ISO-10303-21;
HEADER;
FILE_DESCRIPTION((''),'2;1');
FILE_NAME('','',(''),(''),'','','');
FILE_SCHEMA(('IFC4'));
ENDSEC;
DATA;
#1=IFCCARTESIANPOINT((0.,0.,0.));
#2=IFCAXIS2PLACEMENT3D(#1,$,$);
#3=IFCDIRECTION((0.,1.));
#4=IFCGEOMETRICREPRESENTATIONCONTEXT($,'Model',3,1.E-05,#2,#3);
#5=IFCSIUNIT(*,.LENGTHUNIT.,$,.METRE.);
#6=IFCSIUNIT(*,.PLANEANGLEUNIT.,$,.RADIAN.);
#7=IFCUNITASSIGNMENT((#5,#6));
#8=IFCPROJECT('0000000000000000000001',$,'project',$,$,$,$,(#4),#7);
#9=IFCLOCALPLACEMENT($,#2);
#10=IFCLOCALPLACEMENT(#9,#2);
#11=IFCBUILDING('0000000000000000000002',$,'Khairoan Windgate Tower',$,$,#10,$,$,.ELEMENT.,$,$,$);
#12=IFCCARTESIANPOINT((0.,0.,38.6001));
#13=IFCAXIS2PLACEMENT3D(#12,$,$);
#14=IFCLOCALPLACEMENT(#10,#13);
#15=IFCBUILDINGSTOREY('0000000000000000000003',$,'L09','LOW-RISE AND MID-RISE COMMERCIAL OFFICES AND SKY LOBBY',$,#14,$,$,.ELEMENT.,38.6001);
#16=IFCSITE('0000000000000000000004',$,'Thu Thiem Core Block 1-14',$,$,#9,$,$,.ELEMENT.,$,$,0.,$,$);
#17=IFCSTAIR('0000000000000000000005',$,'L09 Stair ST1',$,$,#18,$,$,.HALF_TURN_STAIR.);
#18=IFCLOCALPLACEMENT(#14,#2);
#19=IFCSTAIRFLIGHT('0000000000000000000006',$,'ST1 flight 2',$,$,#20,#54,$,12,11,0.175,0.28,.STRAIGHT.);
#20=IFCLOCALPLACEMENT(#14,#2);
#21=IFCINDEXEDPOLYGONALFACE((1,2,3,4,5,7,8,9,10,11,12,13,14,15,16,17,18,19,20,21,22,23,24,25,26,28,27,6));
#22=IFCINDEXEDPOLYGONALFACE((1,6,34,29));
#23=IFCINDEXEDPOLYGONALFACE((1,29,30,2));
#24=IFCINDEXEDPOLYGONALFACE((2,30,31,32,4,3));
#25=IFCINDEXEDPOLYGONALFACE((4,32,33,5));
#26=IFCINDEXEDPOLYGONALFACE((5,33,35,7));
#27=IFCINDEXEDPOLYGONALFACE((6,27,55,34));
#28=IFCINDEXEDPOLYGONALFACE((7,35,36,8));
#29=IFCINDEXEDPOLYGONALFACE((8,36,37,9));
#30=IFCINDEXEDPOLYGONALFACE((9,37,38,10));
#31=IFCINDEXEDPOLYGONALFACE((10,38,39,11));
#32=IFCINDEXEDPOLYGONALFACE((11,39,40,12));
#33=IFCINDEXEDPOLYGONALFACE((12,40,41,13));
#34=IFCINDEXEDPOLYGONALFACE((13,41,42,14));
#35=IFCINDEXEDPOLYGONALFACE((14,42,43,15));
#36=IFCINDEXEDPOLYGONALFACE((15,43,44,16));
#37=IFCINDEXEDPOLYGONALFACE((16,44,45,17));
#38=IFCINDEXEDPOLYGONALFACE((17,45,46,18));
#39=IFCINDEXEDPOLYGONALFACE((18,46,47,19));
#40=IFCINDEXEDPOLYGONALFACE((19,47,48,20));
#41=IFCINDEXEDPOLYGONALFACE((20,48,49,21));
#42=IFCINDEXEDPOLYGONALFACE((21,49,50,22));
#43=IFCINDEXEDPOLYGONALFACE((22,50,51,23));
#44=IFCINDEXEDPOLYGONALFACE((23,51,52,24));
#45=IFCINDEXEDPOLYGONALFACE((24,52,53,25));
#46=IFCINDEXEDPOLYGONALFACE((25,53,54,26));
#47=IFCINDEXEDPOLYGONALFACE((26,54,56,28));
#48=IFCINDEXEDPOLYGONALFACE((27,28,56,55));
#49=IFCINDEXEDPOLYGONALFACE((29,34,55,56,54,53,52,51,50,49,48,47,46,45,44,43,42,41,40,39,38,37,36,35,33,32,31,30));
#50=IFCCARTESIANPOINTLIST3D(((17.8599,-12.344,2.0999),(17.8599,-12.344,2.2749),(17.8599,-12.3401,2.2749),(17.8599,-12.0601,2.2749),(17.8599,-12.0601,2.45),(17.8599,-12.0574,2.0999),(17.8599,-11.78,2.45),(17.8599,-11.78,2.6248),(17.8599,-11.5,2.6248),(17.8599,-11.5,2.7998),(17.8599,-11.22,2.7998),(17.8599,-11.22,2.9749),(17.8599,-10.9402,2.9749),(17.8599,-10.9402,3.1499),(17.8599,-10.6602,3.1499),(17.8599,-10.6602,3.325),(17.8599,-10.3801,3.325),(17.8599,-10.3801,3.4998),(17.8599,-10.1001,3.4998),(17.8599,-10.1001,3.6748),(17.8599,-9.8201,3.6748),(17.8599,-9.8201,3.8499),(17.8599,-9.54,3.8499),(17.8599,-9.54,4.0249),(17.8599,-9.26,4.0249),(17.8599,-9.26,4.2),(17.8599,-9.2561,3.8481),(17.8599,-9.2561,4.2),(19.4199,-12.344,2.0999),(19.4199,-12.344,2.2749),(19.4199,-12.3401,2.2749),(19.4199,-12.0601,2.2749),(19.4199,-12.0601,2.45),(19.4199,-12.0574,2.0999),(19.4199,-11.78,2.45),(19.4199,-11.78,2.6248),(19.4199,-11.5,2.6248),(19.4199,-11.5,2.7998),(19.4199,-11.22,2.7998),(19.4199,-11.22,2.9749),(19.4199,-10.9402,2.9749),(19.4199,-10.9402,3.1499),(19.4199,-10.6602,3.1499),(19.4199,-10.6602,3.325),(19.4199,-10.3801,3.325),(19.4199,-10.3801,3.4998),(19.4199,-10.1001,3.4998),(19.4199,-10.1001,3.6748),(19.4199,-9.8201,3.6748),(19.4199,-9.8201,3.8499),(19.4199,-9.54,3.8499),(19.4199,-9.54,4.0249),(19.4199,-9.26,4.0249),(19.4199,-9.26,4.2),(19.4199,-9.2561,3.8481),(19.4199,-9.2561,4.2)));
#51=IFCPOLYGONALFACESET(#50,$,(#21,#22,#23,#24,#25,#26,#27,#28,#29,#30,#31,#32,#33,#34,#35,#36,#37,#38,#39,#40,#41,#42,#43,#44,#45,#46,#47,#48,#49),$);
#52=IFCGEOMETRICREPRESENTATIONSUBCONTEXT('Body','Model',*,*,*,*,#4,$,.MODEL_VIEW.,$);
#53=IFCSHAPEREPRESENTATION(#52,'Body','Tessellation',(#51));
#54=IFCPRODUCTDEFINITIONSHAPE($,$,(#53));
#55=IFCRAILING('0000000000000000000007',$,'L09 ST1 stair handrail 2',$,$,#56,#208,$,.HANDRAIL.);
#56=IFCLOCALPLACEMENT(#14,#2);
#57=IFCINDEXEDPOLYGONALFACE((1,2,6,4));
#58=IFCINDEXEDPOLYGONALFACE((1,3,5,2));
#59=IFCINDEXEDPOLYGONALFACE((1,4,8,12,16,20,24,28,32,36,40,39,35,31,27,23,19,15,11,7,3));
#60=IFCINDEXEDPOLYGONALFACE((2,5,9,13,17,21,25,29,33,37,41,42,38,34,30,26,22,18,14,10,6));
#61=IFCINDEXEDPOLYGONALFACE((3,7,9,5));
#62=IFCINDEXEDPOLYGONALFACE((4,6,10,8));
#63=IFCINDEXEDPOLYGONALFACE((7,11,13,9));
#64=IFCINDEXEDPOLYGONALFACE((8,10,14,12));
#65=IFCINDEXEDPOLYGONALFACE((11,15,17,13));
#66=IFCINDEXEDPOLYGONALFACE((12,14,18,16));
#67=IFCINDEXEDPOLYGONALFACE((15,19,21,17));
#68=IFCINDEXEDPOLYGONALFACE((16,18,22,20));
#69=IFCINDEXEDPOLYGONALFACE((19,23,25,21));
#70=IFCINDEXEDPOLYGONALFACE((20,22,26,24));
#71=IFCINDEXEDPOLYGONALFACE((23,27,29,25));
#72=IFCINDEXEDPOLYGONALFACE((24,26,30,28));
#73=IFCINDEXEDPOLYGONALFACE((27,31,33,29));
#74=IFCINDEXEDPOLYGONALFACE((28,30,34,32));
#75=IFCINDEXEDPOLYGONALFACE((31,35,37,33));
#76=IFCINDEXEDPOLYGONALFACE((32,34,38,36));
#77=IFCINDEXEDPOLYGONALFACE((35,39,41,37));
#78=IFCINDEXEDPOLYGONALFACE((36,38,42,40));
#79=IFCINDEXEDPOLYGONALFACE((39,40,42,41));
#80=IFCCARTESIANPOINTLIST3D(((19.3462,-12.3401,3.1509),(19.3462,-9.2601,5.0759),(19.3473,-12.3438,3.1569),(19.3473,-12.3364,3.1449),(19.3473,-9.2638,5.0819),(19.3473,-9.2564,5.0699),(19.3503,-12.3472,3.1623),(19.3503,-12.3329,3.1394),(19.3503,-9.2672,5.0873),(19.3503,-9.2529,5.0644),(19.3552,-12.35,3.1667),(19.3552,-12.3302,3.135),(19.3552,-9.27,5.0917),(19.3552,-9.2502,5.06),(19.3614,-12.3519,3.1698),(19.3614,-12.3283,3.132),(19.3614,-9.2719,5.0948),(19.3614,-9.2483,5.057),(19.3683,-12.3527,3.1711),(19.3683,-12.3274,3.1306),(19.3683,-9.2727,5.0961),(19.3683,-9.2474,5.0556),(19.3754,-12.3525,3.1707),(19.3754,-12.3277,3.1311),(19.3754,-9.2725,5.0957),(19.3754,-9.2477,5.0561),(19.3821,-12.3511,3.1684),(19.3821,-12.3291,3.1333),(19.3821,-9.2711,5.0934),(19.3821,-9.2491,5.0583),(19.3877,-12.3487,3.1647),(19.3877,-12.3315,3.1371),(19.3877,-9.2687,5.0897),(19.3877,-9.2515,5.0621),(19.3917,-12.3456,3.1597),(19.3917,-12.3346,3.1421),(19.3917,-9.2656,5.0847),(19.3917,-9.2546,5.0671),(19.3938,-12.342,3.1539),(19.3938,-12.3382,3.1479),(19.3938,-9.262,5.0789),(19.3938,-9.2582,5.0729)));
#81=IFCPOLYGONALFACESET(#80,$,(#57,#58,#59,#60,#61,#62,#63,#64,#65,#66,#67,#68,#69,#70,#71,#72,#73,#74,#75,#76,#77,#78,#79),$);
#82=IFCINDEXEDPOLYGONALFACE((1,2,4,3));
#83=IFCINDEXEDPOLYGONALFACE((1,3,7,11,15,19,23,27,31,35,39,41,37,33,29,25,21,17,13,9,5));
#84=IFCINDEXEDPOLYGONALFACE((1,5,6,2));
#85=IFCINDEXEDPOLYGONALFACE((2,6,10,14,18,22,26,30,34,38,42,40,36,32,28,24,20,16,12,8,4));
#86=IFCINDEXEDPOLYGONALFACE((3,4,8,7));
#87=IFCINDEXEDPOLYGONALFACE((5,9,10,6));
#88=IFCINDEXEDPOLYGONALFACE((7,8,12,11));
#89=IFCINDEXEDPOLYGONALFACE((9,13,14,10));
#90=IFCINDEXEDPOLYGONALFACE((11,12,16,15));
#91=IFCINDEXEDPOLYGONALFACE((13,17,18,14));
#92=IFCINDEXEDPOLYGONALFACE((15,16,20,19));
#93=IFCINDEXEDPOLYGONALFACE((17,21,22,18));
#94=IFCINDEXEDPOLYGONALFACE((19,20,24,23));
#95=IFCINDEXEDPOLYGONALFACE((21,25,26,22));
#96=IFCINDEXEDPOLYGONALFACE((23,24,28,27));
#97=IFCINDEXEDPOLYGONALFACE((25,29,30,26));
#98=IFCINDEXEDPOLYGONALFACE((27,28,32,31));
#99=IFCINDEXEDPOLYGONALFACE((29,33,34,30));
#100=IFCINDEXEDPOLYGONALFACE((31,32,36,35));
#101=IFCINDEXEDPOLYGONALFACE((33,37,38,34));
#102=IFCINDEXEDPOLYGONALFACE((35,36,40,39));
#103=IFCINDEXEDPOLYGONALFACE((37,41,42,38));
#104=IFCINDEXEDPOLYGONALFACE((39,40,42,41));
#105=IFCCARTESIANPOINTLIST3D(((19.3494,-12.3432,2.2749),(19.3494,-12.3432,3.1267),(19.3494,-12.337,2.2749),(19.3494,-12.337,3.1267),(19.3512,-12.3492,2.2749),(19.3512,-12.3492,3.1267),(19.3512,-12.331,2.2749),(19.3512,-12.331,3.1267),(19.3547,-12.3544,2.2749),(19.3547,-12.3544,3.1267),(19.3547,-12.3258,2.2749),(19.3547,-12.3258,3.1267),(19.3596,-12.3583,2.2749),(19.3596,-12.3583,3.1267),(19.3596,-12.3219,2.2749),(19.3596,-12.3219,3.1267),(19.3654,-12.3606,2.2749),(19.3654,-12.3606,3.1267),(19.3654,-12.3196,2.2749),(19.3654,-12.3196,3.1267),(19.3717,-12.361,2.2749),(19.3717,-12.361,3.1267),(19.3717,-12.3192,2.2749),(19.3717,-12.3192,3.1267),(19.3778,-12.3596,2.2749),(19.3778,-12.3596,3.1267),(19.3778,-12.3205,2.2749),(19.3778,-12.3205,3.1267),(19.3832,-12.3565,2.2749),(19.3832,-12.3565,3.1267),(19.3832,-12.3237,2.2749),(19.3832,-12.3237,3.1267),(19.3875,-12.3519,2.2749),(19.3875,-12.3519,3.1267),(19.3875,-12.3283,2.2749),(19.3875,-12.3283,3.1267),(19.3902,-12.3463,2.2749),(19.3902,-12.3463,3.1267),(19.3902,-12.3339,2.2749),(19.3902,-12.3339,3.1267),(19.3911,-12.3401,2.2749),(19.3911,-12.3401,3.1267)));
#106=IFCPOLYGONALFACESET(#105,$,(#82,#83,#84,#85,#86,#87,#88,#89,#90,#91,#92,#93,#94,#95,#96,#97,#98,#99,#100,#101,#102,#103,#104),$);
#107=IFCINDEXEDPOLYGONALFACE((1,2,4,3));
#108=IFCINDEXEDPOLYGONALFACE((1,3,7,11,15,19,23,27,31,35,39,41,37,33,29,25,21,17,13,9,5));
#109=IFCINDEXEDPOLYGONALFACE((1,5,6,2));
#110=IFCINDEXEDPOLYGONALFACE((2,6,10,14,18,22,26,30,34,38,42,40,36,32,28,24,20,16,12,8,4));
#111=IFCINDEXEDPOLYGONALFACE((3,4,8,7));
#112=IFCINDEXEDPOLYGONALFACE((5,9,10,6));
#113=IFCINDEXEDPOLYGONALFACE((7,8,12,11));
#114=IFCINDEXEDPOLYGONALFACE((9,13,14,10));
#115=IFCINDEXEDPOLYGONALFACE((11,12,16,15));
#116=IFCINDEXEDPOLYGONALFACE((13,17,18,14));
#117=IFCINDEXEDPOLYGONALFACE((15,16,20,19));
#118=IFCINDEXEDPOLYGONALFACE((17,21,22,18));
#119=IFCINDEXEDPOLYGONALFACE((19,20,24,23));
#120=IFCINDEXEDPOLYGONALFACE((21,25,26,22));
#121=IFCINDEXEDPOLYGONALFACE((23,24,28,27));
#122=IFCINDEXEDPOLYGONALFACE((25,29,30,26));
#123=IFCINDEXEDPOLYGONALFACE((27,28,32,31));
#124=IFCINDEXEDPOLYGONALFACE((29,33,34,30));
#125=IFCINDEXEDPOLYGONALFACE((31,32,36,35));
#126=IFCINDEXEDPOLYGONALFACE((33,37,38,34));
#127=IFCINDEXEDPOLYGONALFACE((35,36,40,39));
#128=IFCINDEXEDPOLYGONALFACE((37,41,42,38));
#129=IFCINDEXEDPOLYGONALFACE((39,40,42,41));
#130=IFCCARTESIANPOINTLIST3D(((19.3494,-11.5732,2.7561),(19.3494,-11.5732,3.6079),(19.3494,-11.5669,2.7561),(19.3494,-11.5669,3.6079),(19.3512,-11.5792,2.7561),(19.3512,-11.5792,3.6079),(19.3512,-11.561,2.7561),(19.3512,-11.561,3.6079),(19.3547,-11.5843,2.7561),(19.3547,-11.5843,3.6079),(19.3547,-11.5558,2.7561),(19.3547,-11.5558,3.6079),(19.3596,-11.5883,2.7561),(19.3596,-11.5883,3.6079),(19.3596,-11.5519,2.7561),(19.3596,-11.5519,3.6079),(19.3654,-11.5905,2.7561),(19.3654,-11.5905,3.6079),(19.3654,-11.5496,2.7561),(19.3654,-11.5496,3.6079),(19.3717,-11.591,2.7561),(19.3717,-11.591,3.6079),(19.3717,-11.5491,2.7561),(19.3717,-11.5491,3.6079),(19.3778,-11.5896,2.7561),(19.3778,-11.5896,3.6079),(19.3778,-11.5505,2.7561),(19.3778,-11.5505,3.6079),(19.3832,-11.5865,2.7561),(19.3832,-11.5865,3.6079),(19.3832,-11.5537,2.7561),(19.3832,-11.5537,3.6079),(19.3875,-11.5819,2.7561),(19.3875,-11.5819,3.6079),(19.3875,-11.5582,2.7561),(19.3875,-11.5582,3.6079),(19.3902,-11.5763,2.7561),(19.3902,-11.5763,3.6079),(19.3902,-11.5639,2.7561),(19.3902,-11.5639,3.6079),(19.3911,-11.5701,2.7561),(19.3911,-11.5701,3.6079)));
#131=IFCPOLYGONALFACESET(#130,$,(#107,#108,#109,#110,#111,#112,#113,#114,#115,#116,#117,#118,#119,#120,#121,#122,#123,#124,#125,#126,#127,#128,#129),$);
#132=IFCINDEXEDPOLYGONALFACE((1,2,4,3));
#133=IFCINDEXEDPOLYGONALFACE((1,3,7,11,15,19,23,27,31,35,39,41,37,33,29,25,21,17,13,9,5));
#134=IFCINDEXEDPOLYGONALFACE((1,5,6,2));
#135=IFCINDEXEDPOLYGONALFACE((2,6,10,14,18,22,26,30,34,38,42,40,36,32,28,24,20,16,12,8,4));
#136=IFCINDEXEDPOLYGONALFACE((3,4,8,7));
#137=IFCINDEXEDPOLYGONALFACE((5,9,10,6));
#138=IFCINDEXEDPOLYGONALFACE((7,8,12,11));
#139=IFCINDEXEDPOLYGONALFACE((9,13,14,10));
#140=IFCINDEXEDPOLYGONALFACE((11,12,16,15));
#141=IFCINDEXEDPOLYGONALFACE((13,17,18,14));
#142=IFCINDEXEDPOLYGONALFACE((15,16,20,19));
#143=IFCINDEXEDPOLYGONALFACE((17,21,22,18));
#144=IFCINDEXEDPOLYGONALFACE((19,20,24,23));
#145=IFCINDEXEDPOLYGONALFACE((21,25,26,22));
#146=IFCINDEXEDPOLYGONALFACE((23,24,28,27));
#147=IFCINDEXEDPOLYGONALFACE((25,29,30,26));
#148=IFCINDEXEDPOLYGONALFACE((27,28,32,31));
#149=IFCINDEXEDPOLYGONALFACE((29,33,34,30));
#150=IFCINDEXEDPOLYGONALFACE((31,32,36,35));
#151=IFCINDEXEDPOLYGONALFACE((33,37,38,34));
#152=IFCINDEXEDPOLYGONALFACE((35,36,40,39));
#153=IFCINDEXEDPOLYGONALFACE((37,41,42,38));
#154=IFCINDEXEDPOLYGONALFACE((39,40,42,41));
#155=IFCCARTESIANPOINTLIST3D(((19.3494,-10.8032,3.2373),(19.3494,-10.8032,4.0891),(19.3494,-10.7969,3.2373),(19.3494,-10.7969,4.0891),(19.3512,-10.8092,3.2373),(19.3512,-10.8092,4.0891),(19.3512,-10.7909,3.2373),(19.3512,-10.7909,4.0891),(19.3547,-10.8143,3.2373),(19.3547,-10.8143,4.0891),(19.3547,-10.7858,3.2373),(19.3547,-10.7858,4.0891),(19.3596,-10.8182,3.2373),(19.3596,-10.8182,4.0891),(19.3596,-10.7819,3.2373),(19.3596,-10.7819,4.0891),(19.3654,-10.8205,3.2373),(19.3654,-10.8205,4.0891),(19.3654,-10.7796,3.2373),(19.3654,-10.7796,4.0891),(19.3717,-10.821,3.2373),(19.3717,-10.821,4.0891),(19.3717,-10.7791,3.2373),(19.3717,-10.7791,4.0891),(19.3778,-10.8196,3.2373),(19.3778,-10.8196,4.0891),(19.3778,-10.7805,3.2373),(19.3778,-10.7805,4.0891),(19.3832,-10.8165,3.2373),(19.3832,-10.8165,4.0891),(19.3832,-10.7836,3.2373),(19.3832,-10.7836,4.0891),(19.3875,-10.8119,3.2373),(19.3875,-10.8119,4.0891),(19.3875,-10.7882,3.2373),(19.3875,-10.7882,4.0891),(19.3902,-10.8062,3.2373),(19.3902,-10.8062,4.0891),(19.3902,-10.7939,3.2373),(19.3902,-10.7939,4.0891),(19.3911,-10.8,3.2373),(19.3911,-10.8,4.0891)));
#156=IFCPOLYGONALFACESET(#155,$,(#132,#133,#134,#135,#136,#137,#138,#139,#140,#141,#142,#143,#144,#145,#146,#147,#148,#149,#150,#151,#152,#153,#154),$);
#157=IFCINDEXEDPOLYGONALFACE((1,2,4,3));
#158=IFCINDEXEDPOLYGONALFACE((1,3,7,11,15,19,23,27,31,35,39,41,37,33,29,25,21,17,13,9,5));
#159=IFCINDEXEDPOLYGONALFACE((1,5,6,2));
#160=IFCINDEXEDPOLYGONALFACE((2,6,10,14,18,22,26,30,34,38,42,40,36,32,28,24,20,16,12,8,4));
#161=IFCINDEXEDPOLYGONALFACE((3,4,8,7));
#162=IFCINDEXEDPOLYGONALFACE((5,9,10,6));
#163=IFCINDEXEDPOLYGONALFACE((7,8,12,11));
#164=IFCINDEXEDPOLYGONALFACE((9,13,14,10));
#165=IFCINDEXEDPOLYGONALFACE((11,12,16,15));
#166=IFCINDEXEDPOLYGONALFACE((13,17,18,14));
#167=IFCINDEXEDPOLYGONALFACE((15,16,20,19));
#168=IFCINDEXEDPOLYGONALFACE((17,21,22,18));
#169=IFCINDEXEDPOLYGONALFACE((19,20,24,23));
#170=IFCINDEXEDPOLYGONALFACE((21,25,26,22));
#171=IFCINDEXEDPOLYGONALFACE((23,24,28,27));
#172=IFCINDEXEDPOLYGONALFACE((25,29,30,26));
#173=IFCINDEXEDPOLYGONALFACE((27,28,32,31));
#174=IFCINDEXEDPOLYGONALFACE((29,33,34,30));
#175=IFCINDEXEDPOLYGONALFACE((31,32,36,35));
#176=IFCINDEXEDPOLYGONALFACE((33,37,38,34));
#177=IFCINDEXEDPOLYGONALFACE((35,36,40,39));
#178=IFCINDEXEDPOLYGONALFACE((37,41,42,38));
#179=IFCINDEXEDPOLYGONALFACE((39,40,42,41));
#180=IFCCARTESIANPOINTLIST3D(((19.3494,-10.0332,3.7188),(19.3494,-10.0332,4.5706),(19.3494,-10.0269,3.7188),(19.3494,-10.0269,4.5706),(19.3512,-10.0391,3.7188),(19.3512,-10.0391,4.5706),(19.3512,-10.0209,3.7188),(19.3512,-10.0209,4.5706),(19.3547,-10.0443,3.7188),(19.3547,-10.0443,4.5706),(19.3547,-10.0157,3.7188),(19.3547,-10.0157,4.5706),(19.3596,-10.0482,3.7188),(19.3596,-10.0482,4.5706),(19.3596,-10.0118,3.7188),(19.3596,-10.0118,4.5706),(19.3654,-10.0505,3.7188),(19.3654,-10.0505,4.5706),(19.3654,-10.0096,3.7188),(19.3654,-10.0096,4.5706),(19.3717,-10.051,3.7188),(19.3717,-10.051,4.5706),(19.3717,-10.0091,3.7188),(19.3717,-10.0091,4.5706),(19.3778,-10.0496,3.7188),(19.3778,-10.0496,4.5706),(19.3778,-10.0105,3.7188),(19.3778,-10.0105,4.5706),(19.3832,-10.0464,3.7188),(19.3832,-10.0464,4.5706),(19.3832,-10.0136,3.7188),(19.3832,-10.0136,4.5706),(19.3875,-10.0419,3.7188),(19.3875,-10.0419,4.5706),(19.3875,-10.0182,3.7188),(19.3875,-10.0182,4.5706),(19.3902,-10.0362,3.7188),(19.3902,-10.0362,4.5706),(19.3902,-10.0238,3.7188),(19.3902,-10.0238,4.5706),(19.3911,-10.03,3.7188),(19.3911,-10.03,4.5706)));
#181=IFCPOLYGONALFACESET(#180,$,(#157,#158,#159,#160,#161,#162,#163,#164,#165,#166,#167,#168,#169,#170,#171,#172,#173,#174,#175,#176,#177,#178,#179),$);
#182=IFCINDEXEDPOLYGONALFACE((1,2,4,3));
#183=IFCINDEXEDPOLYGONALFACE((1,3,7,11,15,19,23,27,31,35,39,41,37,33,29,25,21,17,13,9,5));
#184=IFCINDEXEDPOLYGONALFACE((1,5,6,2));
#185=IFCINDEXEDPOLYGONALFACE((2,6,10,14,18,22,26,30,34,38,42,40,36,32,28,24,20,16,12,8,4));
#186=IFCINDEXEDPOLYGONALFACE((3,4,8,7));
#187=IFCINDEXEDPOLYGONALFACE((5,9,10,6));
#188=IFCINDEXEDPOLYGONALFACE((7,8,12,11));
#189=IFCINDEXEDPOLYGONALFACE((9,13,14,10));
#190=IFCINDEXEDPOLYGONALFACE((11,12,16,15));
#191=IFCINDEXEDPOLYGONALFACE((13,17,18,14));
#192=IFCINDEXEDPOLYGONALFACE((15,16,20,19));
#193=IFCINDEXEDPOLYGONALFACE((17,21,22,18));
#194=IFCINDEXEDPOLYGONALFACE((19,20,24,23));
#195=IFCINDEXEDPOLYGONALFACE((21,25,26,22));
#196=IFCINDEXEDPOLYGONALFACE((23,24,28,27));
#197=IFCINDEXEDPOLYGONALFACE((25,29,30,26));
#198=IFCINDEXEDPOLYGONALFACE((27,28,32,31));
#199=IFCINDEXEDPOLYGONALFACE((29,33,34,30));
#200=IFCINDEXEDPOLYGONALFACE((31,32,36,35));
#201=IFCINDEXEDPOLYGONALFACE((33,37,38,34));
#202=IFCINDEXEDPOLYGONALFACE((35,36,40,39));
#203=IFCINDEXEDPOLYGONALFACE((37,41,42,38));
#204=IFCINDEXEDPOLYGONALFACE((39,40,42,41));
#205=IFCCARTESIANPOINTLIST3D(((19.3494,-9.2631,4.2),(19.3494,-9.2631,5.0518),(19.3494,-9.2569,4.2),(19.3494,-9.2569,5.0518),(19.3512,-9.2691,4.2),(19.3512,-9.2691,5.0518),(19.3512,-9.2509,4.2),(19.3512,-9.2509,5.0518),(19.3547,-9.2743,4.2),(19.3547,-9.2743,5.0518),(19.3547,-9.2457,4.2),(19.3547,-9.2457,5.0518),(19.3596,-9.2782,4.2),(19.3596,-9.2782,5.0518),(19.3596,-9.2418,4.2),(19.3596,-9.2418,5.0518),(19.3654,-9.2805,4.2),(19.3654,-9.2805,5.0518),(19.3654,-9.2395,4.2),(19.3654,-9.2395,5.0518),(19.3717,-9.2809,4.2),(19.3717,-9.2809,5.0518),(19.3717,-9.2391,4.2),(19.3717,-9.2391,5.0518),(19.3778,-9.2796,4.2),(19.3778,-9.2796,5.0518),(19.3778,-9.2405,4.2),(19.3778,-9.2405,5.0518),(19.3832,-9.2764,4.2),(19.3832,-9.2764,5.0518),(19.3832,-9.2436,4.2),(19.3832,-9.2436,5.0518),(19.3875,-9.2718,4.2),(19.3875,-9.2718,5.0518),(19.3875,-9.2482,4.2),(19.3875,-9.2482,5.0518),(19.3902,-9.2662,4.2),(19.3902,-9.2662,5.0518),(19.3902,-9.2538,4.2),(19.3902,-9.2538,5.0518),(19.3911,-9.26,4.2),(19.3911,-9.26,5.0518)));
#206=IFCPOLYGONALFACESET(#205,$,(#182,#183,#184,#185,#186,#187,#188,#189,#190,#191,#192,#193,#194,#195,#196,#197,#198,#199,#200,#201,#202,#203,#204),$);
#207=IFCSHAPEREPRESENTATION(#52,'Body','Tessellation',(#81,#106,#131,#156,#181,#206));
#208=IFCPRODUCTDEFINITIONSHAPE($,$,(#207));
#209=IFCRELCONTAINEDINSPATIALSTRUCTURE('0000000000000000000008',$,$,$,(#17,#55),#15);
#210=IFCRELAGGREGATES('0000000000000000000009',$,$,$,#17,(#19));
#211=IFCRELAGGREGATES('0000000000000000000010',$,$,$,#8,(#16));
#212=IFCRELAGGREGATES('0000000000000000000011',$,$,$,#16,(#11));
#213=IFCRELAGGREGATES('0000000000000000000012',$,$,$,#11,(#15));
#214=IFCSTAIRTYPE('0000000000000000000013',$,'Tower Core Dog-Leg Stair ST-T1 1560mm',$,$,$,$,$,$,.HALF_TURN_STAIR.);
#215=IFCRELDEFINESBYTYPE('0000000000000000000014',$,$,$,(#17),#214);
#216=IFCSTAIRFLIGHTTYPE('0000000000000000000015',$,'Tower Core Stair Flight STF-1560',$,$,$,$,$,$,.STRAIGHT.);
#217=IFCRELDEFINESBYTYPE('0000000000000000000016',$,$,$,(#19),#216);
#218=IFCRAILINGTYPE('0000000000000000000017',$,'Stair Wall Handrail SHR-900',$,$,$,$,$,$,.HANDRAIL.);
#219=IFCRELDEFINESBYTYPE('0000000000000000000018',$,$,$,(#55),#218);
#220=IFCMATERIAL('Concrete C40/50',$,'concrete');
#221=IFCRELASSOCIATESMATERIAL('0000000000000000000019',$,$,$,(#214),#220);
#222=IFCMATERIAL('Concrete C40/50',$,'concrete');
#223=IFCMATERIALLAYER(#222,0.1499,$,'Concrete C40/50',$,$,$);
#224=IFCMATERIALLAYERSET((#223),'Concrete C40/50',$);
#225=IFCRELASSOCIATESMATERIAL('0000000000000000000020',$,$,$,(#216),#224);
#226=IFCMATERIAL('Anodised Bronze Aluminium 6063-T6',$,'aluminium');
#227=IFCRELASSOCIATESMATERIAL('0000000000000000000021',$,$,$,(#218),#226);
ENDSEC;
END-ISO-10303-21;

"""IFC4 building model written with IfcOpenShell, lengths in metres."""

from ifc_helpers import new_model, si_unit, direction, frame, origin, origin_2d, place, context, subcontext, project, spatial, polyline, circle, outline, extrude, material, layer, layer_set, type_object, element, aggregate, save


model = new_model("IFC4")

# Units and contexts
model_context = context("Model", 3, precision=1e-05, world=origin(), true_north=direction((0.0, 1.0)))
body_context = subcontext(model_context, "Body", "Model", "MODEL_VIEW")
ifc_project = project(units=[si_unit("LENGTHUNIT", "METRE"), si_unit("PLANEANGLEUNIT", "RADIAN")], contexts=[model_context])

# Site, building, storey
site_placement = place(None, origin())
site = spatial("IfcSite", under=ifc_project, at=site_placement, Name="Thu Thiem Core Block 1-14", CompositionType="ELEMENT", RefElevation=0.0)
building_placement = place(site_placement, origin())
building = spatial("IfcBuilding", under=site, at=building_placement, Name="Khairoan Windgate Tower", CompositionType="ELEMENT")
storey_placement = place(building_placement, frame((0.0, 0.0, 38.6001)))
storey = spatial("IfcBuildingStorey", under=building, at=storey_placement, Name="L09", Description="LOW-RISE AND MID-RISE COMMERCIAL OFFICES AND SKY LOBBY", CompositionType="ELEMENT", Elevation=38.6001)

# Stair, stair flight
ifc_material_1 = material(Name="Concrete C40/50", Category="concrete")
stair_type = type_object("IfcStairType", Name="Tower Core Dog-Leg Stair ST-T1 1560mm", PredefinedType="HALF_TURN_STAIR", material=ifc_material_1)
stair_placement = place(storey_placement, origin())
stair = element("IfcStair", 1, at=stair_placement, inside=storey, type_object=stair_type, Name="L09 Stair ST1", PredefinedType="HALF_TURN_STAIR")
ifc_material_2 = material(Name="Concrete C40/50", Category="concrete")
ifc_layer_1 = layer(ifc_material_2, 0.1499, Name="Concrete C40/50")
ifc_layer_set_1 = layer_set([ifc_layer_1], Name="Concrete C40/50")
stair_flight_type = type_object("IfcStairFlightType", Name="Tower Core Stair Flight STF-1560", PredefinedType="STRAIGHT", material=ifc_layer_set_1)
stair_flight_placement = place(storey_placement, frame((18.6399, -12.3401, 2.0999), z_axis=(0.0, 0.0, 1.0), x_axis=(0.0, 1.0, 0.0)))
stair_flight = element("IfcStairFlight", 2, at=stair_flight_placement, type_object=stair_flight_type, Name="ST1 flight 2", NumberOfRisers=12, NumberOfTreads=11, PredefinedType="STRAIGHT", RiserHeight=0.175, TreadLength=0.28, context=body_context, shape_type="SweptSolid", body=[
    extrude(outline(polyline([(-0.0039, 0.0), (-0.0039, 0.175), (0.0, 0.175), (0.28, 0.175), (0.28, 0.3501), (0.5601, 0.3501), (0.5601, 0.5249), (0.8401, 0.5249), (0.8401, 0.7), (1.1201, 0.7), (1.1201, 0.875), (1.3999, 0.875), (1.3999, 1.05), (1.6799, 1.05), (1.6799, 1.2251), (1.96, 1.2251), (1.96, 1.3999), (2.24, 1.3999), (2.24, 1.575), (2.52, 1.575), (2.52, 1.75), (2.8, 1.75), (2.8, 1.925), (3.0801, 1.925), (3.0801, 2.1001), (3.084, 2.1001), (3.084, 1.7483), (0.2827, 0.0), (-0.0039, 0.0)])), frame((0.0, 0.78, 0.0), z_axis=(0.0, -1.0, 0.0), x_axis=(1.0, 0.0, 0.0)), (0.0, 0.0, 1.0), 1.5601),
])
aggregate(stair, [stair_flight])

# Railing
ifc_material_3 = material(Name="Anodised Bronze Aluminium 6063-T6", Category="aluminium")
railing_type_1 = type_object("IfcRailingType", Name="Stair Wall Handrail SHR-900", PredefinedType="HANDRAIL", material=ifc_material_3)
railing_1_placement = place(storey_placement, frame((19.3701, -12.3401, 2.2749)))
element("IfcRailing", 3, at=railing_1_placement, inside=storey, type_object=railing_type_1, Name="L09 ST1 stair handrail 2", PredefinedType="HANDRAIL", context=body_context, shape_type="SweptSolid", body=[
    extrude(circle(Radius=0.0239, at=origin_2d()), frame((0.0, 0.0, 0.876), z_axis=(0.0, 0.847998, 0.529999), x_axis=(-1.0, 0.0, 0.0)), (0.0, 0.0, 1.0), 3.6321),
    extrude(circle(Radius=0.021, at=origin_2d()), origin(), (0.0, 0.0, 1.0), 0.8518),
    extrude(circle(Radius=0.021, at=origin_2d()), frame((0.0, 0.77, 0.4812)), (0.0, 0.0, 1.0), 0.8518),
    extrude(circle(Radius=0.021, at=origin_2d()), frame((0.0, 1.54, 0.9624)), (0.0, 0.0, 1.0), 0.8518),
    extrude(circle(Radius=0.021, at=origin_2d()), frame((0.0, 2.3101, 1.4438)), (0.0, 0.0, 1.0), 0.8518),
    extrude(circle(Radius=0.021, at=origin_2d()), frame((0.0, 3.0801, 1.925)), (0.0, 0.0, 1.0), 0.8518),
])

save(model, "model.ifc")
